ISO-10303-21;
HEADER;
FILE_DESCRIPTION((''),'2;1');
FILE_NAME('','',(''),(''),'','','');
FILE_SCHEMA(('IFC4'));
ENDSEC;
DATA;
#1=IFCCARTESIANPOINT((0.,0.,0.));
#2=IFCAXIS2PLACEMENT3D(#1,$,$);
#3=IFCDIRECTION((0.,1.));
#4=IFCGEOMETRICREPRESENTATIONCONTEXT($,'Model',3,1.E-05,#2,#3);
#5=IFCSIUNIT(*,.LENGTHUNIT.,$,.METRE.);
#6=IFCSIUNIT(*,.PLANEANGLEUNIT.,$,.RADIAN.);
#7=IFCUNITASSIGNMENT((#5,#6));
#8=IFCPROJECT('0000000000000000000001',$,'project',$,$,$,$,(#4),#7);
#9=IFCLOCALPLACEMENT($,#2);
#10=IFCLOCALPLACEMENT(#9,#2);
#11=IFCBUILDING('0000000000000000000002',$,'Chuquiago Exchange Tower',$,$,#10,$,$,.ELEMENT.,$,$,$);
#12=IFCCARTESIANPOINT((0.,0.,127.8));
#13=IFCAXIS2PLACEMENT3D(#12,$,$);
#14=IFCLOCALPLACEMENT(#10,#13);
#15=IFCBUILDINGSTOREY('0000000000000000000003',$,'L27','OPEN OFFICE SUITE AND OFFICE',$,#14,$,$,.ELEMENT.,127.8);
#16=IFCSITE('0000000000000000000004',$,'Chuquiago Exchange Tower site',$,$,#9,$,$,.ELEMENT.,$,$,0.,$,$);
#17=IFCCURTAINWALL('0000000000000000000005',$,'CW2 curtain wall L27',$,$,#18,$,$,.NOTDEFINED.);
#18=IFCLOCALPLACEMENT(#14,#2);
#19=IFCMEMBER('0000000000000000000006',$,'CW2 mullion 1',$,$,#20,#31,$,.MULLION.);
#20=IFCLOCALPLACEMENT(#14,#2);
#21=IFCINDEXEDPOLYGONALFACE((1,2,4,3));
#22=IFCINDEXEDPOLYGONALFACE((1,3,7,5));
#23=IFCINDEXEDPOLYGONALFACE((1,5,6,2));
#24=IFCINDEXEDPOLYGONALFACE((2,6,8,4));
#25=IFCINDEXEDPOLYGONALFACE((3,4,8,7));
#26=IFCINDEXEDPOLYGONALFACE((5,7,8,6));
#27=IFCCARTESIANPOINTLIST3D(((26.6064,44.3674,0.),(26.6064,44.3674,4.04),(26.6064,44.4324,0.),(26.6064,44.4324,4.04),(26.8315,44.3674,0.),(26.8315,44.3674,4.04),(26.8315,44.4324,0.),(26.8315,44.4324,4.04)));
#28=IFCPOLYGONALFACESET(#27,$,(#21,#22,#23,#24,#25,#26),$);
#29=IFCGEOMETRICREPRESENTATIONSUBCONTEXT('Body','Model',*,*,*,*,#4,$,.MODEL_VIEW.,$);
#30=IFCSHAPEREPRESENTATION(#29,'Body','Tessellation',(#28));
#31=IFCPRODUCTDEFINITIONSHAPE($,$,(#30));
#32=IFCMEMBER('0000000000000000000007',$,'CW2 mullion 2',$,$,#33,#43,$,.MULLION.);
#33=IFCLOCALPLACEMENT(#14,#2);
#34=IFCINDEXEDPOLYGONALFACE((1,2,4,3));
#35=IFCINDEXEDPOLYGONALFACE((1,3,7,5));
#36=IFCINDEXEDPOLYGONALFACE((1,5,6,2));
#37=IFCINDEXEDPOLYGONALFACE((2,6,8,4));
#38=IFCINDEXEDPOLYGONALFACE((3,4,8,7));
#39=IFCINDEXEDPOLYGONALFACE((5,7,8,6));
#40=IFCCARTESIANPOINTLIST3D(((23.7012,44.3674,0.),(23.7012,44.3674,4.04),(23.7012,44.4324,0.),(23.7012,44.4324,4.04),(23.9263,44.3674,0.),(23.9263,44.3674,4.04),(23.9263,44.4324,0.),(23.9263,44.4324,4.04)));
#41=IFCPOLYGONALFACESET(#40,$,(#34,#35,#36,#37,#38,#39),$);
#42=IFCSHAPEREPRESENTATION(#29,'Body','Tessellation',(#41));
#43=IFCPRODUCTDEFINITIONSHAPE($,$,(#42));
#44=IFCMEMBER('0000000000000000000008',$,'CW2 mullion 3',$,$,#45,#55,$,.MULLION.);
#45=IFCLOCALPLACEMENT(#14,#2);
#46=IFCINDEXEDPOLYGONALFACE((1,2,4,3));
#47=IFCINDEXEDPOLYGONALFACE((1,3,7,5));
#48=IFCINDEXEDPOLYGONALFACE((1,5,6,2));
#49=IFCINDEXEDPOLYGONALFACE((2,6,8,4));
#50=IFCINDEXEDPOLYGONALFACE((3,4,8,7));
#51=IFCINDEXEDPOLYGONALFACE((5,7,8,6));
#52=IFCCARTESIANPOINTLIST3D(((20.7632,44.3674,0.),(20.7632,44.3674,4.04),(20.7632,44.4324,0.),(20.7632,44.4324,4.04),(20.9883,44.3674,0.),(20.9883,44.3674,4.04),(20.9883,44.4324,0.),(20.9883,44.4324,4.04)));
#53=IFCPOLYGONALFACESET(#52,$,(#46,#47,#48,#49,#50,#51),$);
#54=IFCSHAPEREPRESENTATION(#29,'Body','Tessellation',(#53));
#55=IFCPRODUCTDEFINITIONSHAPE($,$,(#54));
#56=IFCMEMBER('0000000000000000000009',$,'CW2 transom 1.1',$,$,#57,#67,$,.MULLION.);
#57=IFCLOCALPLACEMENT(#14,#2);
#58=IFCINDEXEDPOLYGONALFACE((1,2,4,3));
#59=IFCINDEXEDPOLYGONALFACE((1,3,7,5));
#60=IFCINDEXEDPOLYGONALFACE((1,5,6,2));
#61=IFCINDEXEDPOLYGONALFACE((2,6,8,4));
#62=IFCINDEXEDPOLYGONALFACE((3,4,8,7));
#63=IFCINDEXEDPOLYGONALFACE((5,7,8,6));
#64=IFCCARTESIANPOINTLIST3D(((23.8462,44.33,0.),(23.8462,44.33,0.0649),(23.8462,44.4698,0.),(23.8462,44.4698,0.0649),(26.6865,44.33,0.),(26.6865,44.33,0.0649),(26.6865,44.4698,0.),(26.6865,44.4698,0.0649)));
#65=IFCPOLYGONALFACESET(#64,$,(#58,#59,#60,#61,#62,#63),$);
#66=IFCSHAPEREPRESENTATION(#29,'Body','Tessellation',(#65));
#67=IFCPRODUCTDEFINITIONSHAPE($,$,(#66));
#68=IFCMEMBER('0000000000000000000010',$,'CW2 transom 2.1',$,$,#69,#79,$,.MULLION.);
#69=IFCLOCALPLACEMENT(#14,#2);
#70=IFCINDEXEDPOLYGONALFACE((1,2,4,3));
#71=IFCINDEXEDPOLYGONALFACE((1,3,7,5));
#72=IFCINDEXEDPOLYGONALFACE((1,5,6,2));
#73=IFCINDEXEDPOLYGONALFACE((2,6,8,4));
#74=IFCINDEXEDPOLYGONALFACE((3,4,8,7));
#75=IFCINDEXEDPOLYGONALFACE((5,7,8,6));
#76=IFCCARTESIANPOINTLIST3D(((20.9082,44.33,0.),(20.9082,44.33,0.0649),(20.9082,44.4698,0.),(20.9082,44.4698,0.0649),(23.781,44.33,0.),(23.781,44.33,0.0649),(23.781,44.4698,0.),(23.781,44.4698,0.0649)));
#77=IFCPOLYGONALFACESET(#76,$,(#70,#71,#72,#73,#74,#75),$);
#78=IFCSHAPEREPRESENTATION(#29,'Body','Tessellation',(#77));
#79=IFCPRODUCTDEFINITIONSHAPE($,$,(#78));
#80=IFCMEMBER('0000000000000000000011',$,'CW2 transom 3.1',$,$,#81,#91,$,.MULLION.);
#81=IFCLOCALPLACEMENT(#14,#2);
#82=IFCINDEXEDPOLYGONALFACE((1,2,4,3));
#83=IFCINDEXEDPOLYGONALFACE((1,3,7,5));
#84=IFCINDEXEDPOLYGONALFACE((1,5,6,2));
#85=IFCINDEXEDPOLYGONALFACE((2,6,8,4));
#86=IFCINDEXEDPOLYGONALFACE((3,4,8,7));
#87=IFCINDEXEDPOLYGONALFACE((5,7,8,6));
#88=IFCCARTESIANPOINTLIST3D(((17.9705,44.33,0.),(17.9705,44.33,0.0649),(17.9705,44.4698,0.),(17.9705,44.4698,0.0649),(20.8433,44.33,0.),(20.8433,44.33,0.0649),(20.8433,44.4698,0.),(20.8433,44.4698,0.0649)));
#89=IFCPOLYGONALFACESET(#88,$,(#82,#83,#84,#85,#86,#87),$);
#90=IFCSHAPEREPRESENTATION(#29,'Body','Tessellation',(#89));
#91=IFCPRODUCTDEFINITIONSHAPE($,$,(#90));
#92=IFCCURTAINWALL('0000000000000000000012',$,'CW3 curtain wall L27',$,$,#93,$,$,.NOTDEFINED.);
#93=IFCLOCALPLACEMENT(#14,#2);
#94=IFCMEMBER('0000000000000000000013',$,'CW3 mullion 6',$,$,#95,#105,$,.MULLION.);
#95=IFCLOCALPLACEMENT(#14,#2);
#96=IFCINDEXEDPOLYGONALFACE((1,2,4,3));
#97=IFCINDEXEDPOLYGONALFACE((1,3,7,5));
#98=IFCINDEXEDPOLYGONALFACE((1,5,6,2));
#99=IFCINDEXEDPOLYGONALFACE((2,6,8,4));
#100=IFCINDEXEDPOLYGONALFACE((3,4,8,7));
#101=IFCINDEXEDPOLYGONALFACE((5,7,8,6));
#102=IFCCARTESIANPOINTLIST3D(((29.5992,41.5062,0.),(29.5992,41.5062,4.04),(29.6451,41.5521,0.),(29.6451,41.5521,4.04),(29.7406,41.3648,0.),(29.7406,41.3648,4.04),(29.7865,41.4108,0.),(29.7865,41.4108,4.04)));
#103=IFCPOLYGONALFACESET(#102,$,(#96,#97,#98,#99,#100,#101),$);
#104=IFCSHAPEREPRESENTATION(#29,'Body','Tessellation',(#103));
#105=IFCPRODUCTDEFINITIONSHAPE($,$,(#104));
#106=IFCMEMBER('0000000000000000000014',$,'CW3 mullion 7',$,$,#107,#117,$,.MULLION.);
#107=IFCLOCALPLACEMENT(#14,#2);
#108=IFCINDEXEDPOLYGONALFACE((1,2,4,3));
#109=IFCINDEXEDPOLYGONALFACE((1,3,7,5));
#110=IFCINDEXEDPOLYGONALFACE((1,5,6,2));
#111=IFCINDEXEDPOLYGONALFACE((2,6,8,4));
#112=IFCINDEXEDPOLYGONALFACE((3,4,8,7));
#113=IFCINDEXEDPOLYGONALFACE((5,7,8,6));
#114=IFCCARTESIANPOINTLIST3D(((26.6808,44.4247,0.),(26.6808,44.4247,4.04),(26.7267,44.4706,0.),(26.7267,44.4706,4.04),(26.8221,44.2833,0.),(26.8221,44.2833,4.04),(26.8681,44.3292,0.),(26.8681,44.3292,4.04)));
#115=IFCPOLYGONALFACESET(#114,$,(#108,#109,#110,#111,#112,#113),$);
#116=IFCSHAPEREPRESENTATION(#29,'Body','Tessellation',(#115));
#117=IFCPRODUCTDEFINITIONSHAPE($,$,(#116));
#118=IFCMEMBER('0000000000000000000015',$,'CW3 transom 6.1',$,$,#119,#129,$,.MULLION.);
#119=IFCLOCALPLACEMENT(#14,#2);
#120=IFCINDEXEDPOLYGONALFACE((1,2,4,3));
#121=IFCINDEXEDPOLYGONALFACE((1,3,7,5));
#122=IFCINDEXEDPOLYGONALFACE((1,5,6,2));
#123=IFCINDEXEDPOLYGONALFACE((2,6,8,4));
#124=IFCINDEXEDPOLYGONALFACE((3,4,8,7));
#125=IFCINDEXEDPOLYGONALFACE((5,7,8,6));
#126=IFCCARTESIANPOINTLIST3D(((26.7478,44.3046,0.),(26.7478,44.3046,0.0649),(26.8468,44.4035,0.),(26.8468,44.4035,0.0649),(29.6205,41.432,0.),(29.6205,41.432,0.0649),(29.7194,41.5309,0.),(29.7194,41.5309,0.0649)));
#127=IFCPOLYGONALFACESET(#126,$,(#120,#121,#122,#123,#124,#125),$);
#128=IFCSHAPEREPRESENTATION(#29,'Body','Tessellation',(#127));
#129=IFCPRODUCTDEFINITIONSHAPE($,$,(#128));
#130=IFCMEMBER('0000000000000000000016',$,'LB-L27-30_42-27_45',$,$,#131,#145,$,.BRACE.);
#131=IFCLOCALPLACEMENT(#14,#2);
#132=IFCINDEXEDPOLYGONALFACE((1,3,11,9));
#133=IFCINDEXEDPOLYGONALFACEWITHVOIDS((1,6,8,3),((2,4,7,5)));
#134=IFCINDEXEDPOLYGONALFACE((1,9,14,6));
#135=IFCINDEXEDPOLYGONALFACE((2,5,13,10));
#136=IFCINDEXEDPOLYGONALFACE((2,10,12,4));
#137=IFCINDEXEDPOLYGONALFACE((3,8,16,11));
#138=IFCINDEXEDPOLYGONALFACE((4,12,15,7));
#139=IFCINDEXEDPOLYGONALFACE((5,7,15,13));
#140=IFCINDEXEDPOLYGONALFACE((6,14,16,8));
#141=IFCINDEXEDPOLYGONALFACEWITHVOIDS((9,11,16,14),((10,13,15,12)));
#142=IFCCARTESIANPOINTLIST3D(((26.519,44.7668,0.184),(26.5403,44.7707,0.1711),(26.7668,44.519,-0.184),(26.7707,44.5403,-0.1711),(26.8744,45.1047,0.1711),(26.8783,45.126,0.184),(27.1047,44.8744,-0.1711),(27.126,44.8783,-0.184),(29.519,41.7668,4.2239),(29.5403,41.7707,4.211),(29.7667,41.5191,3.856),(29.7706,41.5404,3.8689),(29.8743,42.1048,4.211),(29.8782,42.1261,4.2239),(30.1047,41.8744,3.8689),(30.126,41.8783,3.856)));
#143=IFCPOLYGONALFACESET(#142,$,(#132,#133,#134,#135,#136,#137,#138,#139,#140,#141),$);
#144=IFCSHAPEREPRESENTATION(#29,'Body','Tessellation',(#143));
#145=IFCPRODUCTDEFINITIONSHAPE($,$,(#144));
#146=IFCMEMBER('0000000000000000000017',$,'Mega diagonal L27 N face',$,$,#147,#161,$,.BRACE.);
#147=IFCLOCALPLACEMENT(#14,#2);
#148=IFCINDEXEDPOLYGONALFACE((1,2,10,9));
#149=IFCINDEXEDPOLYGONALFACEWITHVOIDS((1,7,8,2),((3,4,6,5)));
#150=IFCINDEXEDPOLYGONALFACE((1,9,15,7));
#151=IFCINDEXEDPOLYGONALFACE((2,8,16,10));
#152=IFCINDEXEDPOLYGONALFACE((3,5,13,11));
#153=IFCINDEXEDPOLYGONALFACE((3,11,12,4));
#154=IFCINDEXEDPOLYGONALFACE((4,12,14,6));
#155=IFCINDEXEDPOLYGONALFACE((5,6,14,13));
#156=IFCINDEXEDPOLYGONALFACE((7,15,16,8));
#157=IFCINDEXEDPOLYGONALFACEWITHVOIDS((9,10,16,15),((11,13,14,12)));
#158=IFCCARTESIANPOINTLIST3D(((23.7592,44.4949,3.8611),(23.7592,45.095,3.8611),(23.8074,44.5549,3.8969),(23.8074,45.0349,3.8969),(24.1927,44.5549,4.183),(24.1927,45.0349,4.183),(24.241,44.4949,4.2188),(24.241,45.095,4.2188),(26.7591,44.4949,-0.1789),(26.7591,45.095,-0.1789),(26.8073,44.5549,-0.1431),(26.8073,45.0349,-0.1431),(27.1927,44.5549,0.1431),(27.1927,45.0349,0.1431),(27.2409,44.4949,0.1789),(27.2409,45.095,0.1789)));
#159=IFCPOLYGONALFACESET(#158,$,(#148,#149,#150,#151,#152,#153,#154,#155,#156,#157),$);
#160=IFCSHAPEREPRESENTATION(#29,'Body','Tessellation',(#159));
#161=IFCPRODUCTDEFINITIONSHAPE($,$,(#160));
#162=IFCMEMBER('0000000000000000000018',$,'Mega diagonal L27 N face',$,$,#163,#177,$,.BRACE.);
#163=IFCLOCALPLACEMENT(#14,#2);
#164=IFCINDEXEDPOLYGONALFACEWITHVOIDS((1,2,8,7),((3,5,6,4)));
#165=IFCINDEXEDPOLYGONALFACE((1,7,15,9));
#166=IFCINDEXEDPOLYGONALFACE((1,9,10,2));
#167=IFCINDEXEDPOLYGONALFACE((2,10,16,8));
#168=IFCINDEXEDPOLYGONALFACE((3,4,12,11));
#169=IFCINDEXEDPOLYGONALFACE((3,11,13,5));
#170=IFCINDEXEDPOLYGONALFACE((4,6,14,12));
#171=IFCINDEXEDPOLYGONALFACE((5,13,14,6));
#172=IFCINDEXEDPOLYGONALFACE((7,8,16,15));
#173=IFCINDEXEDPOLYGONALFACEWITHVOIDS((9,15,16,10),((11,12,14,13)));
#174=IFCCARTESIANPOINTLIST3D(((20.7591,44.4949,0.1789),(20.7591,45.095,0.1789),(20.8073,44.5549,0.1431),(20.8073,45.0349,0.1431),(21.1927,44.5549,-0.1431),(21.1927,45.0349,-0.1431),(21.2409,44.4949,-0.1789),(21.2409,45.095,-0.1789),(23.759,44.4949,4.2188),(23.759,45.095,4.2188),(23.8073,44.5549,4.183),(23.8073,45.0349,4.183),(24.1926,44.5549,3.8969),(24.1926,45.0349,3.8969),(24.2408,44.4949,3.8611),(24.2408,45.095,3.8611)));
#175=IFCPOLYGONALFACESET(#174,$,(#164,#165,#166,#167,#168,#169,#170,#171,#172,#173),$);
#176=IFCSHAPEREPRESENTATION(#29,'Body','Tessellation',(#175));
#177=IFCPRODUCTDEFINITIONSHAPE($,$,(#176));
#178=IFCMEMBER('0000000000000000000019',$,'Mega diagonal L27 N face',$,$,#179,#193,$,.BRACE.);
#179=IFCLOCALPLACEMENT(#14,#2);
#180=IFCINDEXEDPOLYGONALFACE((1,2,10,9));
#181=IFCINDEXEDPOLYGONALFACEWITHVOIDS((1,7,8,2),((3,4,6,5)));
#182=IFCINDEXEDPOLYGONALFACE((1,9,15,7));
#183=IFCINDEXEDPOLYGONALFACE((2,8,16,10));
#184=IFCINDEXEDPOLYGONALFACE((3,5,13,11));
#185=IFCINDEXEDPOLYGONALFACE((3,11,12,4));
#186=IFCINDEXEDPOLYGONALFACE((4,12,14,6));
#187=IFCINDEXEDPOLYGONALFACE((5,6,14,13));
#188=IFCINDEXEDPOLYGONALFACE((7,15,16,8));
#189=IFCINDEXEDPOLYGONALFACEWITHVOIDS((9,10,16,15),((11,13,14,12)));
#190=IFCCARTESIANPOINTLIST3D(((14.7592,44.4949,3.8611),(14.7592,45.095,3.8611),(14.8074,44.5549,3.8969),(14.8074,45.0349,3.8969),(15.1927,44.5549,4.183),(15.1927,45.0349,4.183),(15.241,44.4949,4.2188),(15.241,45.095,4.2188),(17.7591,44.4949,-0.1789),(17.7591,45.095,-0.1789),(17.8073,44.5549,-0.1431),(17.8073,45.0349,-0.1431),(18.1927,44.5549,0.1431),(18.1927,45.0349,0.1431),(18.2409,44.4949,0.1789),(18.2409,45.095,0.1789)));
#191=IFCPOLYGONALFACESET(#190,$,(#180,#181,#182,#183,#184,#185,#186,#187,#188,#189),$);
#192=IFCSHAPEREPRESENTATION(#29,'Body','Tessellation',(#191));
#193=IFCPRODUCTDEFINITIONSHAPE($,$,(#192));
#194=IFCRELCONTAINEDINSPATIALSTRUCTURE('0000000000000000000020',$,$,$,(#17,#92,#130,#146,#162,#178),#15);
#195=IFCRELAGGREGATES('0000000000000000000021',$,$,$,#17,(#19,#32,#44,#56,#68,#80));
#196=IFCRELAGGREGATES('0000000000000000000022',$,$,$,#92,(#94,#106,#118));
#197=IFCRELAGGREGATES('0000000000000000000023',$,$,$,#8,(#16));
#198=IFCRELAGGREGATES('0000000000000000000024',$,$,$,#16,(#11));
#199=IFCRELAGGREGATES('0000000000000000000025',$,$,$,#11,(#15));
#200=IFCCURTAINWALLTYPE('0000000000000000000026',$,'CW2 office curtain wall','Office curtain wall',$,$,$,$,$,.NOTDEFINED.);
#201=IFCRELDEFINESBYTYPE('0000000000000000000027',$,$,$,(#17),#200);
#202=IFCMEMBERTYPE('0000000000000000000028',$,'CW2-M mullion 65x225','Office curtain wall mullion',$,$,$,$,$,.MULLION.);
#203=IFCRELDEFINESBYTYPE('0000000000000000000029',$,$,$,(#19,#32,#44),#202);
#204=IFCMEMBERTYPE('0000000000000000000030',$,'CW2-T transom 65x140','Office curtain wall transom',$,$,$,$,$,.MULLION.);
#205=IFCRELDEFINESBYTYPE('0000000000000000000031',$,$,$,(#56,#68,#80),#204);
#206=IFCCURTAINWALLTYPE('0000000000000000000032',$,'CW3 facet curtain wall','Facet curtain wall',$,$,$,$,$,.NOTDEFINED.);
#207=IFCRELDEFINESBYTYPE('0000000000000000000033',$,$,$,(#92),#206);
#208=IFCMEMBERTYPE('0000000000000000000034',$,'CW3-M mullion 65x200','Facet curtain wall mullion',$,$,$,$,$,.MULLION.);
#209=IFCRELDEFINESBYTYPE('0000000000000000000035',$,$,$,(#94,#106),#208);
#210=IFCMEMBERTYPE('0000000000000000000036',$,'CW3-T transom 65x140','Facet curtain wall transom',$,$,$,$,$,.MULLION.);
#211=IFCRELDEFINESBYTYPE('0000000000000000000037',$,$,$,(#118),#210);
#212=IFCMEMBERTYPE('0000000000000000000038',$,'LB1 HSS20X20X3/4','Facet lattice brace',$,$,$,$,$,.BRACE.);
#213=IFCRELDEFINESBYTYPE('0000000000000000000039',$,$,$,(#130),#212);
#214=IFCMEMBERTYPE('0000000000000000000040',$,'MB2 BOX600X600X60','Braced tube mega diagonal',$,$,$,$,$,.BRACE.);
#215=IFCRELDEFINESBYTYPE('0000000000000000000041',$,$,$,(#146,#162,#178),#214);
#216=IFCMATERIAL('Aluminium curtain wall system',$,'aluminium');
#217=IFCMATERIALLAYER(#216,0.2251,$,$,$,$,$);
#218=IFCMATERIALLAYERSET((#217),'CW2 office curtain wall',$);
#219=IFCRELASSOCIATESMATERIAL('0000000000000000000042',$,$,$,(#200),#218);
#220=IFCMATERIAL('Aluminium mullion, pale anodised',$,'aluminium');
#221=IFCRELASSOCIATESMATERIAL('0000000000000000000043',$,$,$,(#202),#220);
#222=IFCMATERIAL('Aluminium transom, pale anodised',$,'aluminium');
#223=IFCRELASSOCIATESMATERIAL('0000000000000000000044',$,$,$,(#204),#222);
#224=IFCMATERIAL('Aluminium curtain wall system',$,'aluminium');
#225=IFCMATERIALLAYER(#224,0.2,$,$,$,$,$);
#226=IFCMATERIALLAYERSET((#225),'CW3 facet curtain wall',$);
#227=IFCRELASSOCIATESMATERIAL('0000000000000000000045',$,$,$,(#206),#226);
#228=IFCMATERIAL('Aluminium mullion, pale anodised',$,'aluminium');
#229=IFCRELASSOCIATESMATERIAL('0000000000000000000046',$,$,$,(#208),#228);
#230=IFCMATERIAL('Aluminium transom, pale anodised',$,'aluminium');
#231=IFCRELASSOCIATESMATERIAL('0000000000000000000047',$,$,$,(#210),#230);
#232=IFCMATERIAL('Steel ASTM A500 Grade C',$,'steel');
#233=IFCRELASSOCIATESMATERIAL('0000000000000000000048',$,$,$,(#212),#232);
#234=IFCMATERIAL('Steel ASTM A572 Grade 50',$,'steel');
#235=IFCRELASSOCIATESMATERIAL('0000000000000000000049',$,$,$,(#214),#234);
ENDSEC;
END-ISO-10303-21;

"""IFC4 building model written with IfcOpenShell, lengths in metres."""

from ifc_helpers import new_model, si_unit, direction, frame, origin, origin_2d, place, context, subcontext, project, spatial, rectangle, hollow_rectangle, extrude, material, layer, layer_set, material_profile, profile_set, type_object, element, aggregate, save


model = new_model("IFC4")

# Units and contexts
model_context = context("Model", 3, precision=1e-05, world=origin(), true_north=direction((0.0, 1.0)))
body_context = subcontext(model_context, "Body", "Model", "MODEL_VIEW")
ifc_project = project(units=[si_unit("LENGTHUNIT", "METRE"), si_unit("PLANEANGLEUNIT", "RADIAN")], contexts=[model_context])

# Site, building, storey
site_placement = place(None, origin())
site = spatial("IfcSite", under=ifc_project, at=site_placement, Name="Chuquiago Exchange Tower site", CompositionType="ELEMENT", RefElevation=0.0)
building_placement = place(site_placement, origin())
building = spatial("IfcBuilding", under=site, at=building_placement, Name="Chuquiago Exchange Tower", CompositionType="ELEMENT")
storey_placement = place(building_placement, frame((0.0, 0.0, 127.8)))
storey = spatial("IfcBuildingStorey", under=building, at=storey_placement, Name="L27", Description="OPEN OFFICE SUITE AND OFFICE", CompositionType="ELEMENT", Elevation=127.8)

# Curtain walls, members
ifc_material_1 = material(Name="Aluminium curtain wall system", Category="aluminium")
ifc_layer_1 = layer(ifc_material_1, 0.2251)
ifc_layer_set_1 = layer_set([ifc_layer_1], Name="CW2 office curtain wall")
curtain_wall_type_1 = type_object("IfcCurtainWallType", Name="CW2 office curtain wall", Description="Office curtain wall", PredefinedType="NOTDEFINED", material=ifc_layer_set_1)
curtain_wall_1_placement = place(storey_placement, origin())
curtain_wall_1 = element("IfcCurtainWall", 1, at=curtain_wall_1_placement, inside=storey, type_object=curtain_wall_type_1, Name="CW2 curtain wall L27", PredefinedType="NOTDEFINED")
ifc_material_2 = material(Name="Aluminium mullion, pale anodised", Category="aluminium")
ifc_material_profile_1 = material_profile(ifc_material_2, rectangle(XDim=0.0649, YDim=0.2251, at=origin_2d()), Name="AL 65x225")
ifc_profile_set_1 = profile_set([ifc_material_profile_1], Name="Aluminium mullion, pale anodised")
member_type_1 = type_object("IfcMemberType", Name="CW2-M mullion 65x225", Description="Office curtain wall mullion", PredefinedType="MULLION", material=ifc_profile_set_1)
member_1_placement = place(storey_placement, frame((26.719, 44.3999, 0.0), z_axis=(0.0, 0.0, 1.0), x_axis=(0.0, -1.0, 0.0)))
member_1 = element("IfcMember", 2, at=member_1_placement, type_object=member_type_1, Name="CW2 mullion 1", PredefinedType="MULLION", context=body_context, shape_type="SweptSolid", body=[
    extrude(rectangle(XDim=0.0649, YDim=0.2251, at=origin_2d()), origin(), (0.0, 0.0, 1.0), 4.04),
])
member_2_placement = place(storey_placement, frame((23.8137, 44.3999, 0.0), z_axis=(0.0, 0.0, 1.0), x_axis=(0.0, -1.0, 0.0)))
member_2 = element("IfcMember", 3, at=member_2_placement, type_object=member_type_1, Name="CW2 mullion 2", PredefinedType="MULLION", context=body_context, shape_type="SweptSolid", body=[
    extrude(rectangle(XDim=0.0649, YDim=0.2251, at=origin_2d()), origin(), (0.0, 0.0, 1.0), 4.04),
])
member_3_placement = place(storey_placement, frame((20.8757, 44.3999, 0.0), z_axis=(0.0, 0.0, 1.0), x_axis=(0.0, -1.0, 0.0)))
member_3 = element("IfcMember", 4, at=member_3_placement, type_object=member_type_1, Name="CW2 mullion 3", PredefinedType="MULLION", context=body_context, shape_type="SweptSolid", body=[
    extrude(rectangle(XDim=0.0649, YDim=0.2251, at=origin_2d()), origin(), (0.0, 0.0, 1.0), 4.04),
])
ifc_material_3 = material(Name="Aluminium transom, pale anodised", Category="aluminium")
ifc_material_profile_2 = material_profile(ifc_material_3, rectangle(XDim=0.1399, YDim=0.0649, at=origin_2d()), Name="AL 140x65")
ifc_profile_set_2 = profile_set([ifc_material_profile_2], Name="Aluminium transom, pale anodised")
member_type_2 = type_object("IfcMemberType", Name="CW2-T transom 65x140", Description="Office curtain wall transom", PredefinedType="MULLION", material=ifc_profile_set_2)
member_4_placement = place(storey_placement, frame((26.6865, 44.3999, 0.0325), z_axis=(-1.0, 0.0, 0.0), x_axis=(0.0, -1.0, 0.0)))
member_4 = element("IfcMember", 5, at=member_4_placement, type_object=member_type_2, Name="CW2 transom 1.1", PredefinedType="MULLION", context=body_context, shape_type="SweptSolid", body=[
    extrude(rectangle(XDim=0.1399, YDim=0.0649, at=origin_2d()), origin(), (0.0, 0.0, 1.0), 2.8403),
])
member_5_placement = place(storey_placement, frame((23.781, 44.3999, 0.0325), z_axis=(-1.0, 0.0, 0.0), x_axis=(0.0, -1.0, 0.0)))
member_5 = element("IfcMember", 6, at=member_5_placement, type_object=member_type_2, Name="CW2 transom 2.1", PredefinedType="MULLION", context=body_context, shape_type="SweptSolid", body=[
    extrude(rectangle(XDim=0.1399, YDim=0.0649, at=origin_2d()), origin(), (0.0, 0.0, 1.0), 2.8728),
])
member_6_placement = place(storey_placement, frame((20.8433, 44.3999, 0.0325), z_axis=(-1.0, 0.0, 0.0), x_axis=(0.0, -1.0, 0.0)))
member_6 = element("IfcMember", 7, at=member_6_placement, type_object=member_type_2, Name="CW2 transom 3.1", PredefinedType="MULLION", context=body_context, shape_type="SweptSolid", body=[
    extrude(rectangle(XDim=0.1399, YDim=0.0649, at=origin_2d()), origin(), (0.0, 0.0, 1.0), 2.8728),
])
ifc_material_4 = material(Name="Aluminium curtain wall system", Category="aluminium")
ifc_layer_2 = layer(ifc_material_4, 0.2)
ifc_layer_set_2 = layer_set([ifc_layer_2], Name="CW3 facet curtain wall")
curtain_wall_type_2 = type_object("IfcCurtainWallType", Name="CW3 facet curtain wall", Description="Facet curtain wall", PredefinedType="NOTDEFINED", material=ifc_layer_set_2)
curtain_wall_2_placement = place(storey_placement, origin())
curtain_wall_2 = element("IfcCurtainWall", 8, at=curtain_wall_2_placement, inside=storey, type_object=curtain_wall_type_2, Name="CW3 curtain wall L27", PredefinedType="NOTDEFINED")
ifc_material_5 = material(Name="Aluminium mullion, pale anodised", Category="aluminium")
ifc_material_profile_3 = material_profile(ifc_material_5, rectangle(XDim=0.0649, YDim=0.2, at=origin_2d()), Name="AL 65x200")
ifc_profile_set_3 = profile_set([ifc_material_profile_3], Name="Aluminium mullion, pale anodised")
member_type_3 = type_object("IfcMemberType", Name="CW3-M mullion 65x200", Description="Facet curtain wall mullion", PredefinedType="MULLION", material=ifc_profile_set_3)
member_7_placement = place(storey_placement, frame((29.6929, 41.4585, 0.0), z_axis=(0.0, 0.0, 1.0), x_axis=(-0.707107, -0.707107, 0.0)))
member_7 = element("IfcMember", 9, at=member_7_placement, type_object=member_type_3, Name="CW3 mullion 6", PredefinedType="MULLION", context=body_context, shape_type="SweptSolid", body=[
    extrude(rectangle(XDim=0.0649, YDim=0.2, at=origin_2d()), origin(), (0.0, 0.0, 1.0), 4.04),
])
member_8_placement = place(storey_placement, frame((26.7744, 44.377, 0.0), z_axis=(0.0, 0.0, 1.0), x_axis=(-0.707107, -0.707107, 0.0)))
member_8 = element("IfcMember", 10, at=member_8_placement, type_object=member_type_3, Name="CW3 mullion 7", PredefinedType="MULLION", context=body_context, shape_type="SweptSolid", body=[
    extrude(rectangle(XDim=0.0649, YDim=0.2, at=origin_2d()), origin(), (0.0, 0.0, 1.0), 4.04),
])
ifc_material_6 = material(Name="Aluminium transom, pale anodised", Category="aluminium")
ifc_material_profile_4 = material_profile(ifc_material_6, rectangle(XDim=0.1399, YDim=0.0649, at=origin_2d()), Name="AL 140x65")
ifc_profile_set_4 = profile_set([ifc_material_profile_4], Name="Aluminium transom, pale anodised")
member_type_4 = type_object("IfcMemberType", Name="CW3-T transom 65x140", Description="Facet curtain wall transom", PredefinedType="MULLION", material=ifc_profile_set_4)
member_9_placement = place(storey_placement, frame((29.6699, 41.4814, 0.0325), z_axis=(-0.707107, 0.707107, 0.0), x_axis=(-0.707107, -0.707107, 0.0)))
member_9 = element("IfcMember", 11, at=member_9_placement, type_object=member_type_4, Name="CW3 transom 6.1", PredefinedType="MULLION", context=body_context, shape_type="SweptSolid", body=[
    extrude(rectangle(XDim=0.1399, YDim=0.0649, at=origin_2d()), origin(), (0.0, 0.0, 1.0), 4.0625),
])

# Members
ifc_material_7 = material(Name="Steel ASTM A500 Grade C", Category="steel")
ifc_material_profile_5 = material_profile(ifc_material_7, hollow_rectangle(XDim=0.5081, YDim=0.5081, WallThickness=0.0178, at=origin_2d()), Name="HSS20X20X3/4")
ifc_profile_set_5 = profile_set([ifc_material_profile_5], Name="Steel ASTM A500 Grade C")
member_type_5 = type_object("IfcMemberType", Name="LB1 HSS20X20X3/4", Description="Facet lattice brace", PredefinedType="BRACE", material=ifc_profile_set_5)
member_10_placement = place(storey_placement, frame((26.8225, 44.8225, 0.0), z_axis=(0.512077, -0.512077, 0.689604), x_axis=(0.707107, 0.707107, 0.0)))
element("IfcMember", 12, at=member_10_placement, inside=storey, type_object=member_type_5, Name="LB-L27-30_42-27_45", PredefinedType="BRACE", context=body_context, shape_type="SweptSolid", body=[
    extrude(hollow_rectangle(XDim=0.5081, YDim=0.5081, WallThickness=0.0178, at=origin_2d()), origin(), (0.0, 0.0, 1.0), 5.8584),
])
ifc_material_8 = material(Name="Steel ASTM A572 Grade 50", Category="steel")
ifc_material_profile_6 = material_profile(ifc_material_8, hollow_rectangle(XDim=0.6001, YDim=0.6001, WallThickness=0.0601, at=origin_2d()), Name="BOX600X600X60")
ifc_profile_set_6 = profile_set([ifc_material_profile_6], Name="Steel ASTM A572 Grade 50")
member_type_6 = type_object("IfcMemberType", Name="MB2 BOX600X600X60", Description="Braced tube mega diagonal", PredefinedType="BRACE", material=ifc_profile_set_6)
for number, where, z_axis, x_axis, name in (
    (13, (27.0, 44.7949, 0.0), (-0.596174, 0.0, 0.802855), (0.0, -1.0, 0.0), "Mega diagonal L27 N face"),
    (14, (21.0, 44.7949, 0.0), (0.596174, 0.0, 0.802855), (0.0, 1.0, 0.0), "Mega diagonal L27 N face"),
    (15, (18.0, 44.7949, 0.0), (-0.596174, 0.0, 0.802855), (0.0, -1.0, 0.0), "Mega diagonal L27 N face"),
):
    element("IfcMember", number, at=place(storey_placement, frame(where, z_axis=z_axis, x_axis=x_axis)), inside=storey, type_object=member_type_6, Name=name, PredefinedType="BRACE", context=body_context, shape_type="SweptSolid", body=[
        extrude(hollow_rectangle(XDim=0.6001, YDim=0.6001, WallThickness=0.0601, at=origin_2d()), origin(), (0.0, 0.0, 1.0), 5.032),
    ])

aggregate(curtain_wall_1, [member_1, member_2, member_3, member_4, member_5, member_6])
aggregate(curtain_wall_2, [member_7, member_8, member_9])

save(model, "model.ifc")
